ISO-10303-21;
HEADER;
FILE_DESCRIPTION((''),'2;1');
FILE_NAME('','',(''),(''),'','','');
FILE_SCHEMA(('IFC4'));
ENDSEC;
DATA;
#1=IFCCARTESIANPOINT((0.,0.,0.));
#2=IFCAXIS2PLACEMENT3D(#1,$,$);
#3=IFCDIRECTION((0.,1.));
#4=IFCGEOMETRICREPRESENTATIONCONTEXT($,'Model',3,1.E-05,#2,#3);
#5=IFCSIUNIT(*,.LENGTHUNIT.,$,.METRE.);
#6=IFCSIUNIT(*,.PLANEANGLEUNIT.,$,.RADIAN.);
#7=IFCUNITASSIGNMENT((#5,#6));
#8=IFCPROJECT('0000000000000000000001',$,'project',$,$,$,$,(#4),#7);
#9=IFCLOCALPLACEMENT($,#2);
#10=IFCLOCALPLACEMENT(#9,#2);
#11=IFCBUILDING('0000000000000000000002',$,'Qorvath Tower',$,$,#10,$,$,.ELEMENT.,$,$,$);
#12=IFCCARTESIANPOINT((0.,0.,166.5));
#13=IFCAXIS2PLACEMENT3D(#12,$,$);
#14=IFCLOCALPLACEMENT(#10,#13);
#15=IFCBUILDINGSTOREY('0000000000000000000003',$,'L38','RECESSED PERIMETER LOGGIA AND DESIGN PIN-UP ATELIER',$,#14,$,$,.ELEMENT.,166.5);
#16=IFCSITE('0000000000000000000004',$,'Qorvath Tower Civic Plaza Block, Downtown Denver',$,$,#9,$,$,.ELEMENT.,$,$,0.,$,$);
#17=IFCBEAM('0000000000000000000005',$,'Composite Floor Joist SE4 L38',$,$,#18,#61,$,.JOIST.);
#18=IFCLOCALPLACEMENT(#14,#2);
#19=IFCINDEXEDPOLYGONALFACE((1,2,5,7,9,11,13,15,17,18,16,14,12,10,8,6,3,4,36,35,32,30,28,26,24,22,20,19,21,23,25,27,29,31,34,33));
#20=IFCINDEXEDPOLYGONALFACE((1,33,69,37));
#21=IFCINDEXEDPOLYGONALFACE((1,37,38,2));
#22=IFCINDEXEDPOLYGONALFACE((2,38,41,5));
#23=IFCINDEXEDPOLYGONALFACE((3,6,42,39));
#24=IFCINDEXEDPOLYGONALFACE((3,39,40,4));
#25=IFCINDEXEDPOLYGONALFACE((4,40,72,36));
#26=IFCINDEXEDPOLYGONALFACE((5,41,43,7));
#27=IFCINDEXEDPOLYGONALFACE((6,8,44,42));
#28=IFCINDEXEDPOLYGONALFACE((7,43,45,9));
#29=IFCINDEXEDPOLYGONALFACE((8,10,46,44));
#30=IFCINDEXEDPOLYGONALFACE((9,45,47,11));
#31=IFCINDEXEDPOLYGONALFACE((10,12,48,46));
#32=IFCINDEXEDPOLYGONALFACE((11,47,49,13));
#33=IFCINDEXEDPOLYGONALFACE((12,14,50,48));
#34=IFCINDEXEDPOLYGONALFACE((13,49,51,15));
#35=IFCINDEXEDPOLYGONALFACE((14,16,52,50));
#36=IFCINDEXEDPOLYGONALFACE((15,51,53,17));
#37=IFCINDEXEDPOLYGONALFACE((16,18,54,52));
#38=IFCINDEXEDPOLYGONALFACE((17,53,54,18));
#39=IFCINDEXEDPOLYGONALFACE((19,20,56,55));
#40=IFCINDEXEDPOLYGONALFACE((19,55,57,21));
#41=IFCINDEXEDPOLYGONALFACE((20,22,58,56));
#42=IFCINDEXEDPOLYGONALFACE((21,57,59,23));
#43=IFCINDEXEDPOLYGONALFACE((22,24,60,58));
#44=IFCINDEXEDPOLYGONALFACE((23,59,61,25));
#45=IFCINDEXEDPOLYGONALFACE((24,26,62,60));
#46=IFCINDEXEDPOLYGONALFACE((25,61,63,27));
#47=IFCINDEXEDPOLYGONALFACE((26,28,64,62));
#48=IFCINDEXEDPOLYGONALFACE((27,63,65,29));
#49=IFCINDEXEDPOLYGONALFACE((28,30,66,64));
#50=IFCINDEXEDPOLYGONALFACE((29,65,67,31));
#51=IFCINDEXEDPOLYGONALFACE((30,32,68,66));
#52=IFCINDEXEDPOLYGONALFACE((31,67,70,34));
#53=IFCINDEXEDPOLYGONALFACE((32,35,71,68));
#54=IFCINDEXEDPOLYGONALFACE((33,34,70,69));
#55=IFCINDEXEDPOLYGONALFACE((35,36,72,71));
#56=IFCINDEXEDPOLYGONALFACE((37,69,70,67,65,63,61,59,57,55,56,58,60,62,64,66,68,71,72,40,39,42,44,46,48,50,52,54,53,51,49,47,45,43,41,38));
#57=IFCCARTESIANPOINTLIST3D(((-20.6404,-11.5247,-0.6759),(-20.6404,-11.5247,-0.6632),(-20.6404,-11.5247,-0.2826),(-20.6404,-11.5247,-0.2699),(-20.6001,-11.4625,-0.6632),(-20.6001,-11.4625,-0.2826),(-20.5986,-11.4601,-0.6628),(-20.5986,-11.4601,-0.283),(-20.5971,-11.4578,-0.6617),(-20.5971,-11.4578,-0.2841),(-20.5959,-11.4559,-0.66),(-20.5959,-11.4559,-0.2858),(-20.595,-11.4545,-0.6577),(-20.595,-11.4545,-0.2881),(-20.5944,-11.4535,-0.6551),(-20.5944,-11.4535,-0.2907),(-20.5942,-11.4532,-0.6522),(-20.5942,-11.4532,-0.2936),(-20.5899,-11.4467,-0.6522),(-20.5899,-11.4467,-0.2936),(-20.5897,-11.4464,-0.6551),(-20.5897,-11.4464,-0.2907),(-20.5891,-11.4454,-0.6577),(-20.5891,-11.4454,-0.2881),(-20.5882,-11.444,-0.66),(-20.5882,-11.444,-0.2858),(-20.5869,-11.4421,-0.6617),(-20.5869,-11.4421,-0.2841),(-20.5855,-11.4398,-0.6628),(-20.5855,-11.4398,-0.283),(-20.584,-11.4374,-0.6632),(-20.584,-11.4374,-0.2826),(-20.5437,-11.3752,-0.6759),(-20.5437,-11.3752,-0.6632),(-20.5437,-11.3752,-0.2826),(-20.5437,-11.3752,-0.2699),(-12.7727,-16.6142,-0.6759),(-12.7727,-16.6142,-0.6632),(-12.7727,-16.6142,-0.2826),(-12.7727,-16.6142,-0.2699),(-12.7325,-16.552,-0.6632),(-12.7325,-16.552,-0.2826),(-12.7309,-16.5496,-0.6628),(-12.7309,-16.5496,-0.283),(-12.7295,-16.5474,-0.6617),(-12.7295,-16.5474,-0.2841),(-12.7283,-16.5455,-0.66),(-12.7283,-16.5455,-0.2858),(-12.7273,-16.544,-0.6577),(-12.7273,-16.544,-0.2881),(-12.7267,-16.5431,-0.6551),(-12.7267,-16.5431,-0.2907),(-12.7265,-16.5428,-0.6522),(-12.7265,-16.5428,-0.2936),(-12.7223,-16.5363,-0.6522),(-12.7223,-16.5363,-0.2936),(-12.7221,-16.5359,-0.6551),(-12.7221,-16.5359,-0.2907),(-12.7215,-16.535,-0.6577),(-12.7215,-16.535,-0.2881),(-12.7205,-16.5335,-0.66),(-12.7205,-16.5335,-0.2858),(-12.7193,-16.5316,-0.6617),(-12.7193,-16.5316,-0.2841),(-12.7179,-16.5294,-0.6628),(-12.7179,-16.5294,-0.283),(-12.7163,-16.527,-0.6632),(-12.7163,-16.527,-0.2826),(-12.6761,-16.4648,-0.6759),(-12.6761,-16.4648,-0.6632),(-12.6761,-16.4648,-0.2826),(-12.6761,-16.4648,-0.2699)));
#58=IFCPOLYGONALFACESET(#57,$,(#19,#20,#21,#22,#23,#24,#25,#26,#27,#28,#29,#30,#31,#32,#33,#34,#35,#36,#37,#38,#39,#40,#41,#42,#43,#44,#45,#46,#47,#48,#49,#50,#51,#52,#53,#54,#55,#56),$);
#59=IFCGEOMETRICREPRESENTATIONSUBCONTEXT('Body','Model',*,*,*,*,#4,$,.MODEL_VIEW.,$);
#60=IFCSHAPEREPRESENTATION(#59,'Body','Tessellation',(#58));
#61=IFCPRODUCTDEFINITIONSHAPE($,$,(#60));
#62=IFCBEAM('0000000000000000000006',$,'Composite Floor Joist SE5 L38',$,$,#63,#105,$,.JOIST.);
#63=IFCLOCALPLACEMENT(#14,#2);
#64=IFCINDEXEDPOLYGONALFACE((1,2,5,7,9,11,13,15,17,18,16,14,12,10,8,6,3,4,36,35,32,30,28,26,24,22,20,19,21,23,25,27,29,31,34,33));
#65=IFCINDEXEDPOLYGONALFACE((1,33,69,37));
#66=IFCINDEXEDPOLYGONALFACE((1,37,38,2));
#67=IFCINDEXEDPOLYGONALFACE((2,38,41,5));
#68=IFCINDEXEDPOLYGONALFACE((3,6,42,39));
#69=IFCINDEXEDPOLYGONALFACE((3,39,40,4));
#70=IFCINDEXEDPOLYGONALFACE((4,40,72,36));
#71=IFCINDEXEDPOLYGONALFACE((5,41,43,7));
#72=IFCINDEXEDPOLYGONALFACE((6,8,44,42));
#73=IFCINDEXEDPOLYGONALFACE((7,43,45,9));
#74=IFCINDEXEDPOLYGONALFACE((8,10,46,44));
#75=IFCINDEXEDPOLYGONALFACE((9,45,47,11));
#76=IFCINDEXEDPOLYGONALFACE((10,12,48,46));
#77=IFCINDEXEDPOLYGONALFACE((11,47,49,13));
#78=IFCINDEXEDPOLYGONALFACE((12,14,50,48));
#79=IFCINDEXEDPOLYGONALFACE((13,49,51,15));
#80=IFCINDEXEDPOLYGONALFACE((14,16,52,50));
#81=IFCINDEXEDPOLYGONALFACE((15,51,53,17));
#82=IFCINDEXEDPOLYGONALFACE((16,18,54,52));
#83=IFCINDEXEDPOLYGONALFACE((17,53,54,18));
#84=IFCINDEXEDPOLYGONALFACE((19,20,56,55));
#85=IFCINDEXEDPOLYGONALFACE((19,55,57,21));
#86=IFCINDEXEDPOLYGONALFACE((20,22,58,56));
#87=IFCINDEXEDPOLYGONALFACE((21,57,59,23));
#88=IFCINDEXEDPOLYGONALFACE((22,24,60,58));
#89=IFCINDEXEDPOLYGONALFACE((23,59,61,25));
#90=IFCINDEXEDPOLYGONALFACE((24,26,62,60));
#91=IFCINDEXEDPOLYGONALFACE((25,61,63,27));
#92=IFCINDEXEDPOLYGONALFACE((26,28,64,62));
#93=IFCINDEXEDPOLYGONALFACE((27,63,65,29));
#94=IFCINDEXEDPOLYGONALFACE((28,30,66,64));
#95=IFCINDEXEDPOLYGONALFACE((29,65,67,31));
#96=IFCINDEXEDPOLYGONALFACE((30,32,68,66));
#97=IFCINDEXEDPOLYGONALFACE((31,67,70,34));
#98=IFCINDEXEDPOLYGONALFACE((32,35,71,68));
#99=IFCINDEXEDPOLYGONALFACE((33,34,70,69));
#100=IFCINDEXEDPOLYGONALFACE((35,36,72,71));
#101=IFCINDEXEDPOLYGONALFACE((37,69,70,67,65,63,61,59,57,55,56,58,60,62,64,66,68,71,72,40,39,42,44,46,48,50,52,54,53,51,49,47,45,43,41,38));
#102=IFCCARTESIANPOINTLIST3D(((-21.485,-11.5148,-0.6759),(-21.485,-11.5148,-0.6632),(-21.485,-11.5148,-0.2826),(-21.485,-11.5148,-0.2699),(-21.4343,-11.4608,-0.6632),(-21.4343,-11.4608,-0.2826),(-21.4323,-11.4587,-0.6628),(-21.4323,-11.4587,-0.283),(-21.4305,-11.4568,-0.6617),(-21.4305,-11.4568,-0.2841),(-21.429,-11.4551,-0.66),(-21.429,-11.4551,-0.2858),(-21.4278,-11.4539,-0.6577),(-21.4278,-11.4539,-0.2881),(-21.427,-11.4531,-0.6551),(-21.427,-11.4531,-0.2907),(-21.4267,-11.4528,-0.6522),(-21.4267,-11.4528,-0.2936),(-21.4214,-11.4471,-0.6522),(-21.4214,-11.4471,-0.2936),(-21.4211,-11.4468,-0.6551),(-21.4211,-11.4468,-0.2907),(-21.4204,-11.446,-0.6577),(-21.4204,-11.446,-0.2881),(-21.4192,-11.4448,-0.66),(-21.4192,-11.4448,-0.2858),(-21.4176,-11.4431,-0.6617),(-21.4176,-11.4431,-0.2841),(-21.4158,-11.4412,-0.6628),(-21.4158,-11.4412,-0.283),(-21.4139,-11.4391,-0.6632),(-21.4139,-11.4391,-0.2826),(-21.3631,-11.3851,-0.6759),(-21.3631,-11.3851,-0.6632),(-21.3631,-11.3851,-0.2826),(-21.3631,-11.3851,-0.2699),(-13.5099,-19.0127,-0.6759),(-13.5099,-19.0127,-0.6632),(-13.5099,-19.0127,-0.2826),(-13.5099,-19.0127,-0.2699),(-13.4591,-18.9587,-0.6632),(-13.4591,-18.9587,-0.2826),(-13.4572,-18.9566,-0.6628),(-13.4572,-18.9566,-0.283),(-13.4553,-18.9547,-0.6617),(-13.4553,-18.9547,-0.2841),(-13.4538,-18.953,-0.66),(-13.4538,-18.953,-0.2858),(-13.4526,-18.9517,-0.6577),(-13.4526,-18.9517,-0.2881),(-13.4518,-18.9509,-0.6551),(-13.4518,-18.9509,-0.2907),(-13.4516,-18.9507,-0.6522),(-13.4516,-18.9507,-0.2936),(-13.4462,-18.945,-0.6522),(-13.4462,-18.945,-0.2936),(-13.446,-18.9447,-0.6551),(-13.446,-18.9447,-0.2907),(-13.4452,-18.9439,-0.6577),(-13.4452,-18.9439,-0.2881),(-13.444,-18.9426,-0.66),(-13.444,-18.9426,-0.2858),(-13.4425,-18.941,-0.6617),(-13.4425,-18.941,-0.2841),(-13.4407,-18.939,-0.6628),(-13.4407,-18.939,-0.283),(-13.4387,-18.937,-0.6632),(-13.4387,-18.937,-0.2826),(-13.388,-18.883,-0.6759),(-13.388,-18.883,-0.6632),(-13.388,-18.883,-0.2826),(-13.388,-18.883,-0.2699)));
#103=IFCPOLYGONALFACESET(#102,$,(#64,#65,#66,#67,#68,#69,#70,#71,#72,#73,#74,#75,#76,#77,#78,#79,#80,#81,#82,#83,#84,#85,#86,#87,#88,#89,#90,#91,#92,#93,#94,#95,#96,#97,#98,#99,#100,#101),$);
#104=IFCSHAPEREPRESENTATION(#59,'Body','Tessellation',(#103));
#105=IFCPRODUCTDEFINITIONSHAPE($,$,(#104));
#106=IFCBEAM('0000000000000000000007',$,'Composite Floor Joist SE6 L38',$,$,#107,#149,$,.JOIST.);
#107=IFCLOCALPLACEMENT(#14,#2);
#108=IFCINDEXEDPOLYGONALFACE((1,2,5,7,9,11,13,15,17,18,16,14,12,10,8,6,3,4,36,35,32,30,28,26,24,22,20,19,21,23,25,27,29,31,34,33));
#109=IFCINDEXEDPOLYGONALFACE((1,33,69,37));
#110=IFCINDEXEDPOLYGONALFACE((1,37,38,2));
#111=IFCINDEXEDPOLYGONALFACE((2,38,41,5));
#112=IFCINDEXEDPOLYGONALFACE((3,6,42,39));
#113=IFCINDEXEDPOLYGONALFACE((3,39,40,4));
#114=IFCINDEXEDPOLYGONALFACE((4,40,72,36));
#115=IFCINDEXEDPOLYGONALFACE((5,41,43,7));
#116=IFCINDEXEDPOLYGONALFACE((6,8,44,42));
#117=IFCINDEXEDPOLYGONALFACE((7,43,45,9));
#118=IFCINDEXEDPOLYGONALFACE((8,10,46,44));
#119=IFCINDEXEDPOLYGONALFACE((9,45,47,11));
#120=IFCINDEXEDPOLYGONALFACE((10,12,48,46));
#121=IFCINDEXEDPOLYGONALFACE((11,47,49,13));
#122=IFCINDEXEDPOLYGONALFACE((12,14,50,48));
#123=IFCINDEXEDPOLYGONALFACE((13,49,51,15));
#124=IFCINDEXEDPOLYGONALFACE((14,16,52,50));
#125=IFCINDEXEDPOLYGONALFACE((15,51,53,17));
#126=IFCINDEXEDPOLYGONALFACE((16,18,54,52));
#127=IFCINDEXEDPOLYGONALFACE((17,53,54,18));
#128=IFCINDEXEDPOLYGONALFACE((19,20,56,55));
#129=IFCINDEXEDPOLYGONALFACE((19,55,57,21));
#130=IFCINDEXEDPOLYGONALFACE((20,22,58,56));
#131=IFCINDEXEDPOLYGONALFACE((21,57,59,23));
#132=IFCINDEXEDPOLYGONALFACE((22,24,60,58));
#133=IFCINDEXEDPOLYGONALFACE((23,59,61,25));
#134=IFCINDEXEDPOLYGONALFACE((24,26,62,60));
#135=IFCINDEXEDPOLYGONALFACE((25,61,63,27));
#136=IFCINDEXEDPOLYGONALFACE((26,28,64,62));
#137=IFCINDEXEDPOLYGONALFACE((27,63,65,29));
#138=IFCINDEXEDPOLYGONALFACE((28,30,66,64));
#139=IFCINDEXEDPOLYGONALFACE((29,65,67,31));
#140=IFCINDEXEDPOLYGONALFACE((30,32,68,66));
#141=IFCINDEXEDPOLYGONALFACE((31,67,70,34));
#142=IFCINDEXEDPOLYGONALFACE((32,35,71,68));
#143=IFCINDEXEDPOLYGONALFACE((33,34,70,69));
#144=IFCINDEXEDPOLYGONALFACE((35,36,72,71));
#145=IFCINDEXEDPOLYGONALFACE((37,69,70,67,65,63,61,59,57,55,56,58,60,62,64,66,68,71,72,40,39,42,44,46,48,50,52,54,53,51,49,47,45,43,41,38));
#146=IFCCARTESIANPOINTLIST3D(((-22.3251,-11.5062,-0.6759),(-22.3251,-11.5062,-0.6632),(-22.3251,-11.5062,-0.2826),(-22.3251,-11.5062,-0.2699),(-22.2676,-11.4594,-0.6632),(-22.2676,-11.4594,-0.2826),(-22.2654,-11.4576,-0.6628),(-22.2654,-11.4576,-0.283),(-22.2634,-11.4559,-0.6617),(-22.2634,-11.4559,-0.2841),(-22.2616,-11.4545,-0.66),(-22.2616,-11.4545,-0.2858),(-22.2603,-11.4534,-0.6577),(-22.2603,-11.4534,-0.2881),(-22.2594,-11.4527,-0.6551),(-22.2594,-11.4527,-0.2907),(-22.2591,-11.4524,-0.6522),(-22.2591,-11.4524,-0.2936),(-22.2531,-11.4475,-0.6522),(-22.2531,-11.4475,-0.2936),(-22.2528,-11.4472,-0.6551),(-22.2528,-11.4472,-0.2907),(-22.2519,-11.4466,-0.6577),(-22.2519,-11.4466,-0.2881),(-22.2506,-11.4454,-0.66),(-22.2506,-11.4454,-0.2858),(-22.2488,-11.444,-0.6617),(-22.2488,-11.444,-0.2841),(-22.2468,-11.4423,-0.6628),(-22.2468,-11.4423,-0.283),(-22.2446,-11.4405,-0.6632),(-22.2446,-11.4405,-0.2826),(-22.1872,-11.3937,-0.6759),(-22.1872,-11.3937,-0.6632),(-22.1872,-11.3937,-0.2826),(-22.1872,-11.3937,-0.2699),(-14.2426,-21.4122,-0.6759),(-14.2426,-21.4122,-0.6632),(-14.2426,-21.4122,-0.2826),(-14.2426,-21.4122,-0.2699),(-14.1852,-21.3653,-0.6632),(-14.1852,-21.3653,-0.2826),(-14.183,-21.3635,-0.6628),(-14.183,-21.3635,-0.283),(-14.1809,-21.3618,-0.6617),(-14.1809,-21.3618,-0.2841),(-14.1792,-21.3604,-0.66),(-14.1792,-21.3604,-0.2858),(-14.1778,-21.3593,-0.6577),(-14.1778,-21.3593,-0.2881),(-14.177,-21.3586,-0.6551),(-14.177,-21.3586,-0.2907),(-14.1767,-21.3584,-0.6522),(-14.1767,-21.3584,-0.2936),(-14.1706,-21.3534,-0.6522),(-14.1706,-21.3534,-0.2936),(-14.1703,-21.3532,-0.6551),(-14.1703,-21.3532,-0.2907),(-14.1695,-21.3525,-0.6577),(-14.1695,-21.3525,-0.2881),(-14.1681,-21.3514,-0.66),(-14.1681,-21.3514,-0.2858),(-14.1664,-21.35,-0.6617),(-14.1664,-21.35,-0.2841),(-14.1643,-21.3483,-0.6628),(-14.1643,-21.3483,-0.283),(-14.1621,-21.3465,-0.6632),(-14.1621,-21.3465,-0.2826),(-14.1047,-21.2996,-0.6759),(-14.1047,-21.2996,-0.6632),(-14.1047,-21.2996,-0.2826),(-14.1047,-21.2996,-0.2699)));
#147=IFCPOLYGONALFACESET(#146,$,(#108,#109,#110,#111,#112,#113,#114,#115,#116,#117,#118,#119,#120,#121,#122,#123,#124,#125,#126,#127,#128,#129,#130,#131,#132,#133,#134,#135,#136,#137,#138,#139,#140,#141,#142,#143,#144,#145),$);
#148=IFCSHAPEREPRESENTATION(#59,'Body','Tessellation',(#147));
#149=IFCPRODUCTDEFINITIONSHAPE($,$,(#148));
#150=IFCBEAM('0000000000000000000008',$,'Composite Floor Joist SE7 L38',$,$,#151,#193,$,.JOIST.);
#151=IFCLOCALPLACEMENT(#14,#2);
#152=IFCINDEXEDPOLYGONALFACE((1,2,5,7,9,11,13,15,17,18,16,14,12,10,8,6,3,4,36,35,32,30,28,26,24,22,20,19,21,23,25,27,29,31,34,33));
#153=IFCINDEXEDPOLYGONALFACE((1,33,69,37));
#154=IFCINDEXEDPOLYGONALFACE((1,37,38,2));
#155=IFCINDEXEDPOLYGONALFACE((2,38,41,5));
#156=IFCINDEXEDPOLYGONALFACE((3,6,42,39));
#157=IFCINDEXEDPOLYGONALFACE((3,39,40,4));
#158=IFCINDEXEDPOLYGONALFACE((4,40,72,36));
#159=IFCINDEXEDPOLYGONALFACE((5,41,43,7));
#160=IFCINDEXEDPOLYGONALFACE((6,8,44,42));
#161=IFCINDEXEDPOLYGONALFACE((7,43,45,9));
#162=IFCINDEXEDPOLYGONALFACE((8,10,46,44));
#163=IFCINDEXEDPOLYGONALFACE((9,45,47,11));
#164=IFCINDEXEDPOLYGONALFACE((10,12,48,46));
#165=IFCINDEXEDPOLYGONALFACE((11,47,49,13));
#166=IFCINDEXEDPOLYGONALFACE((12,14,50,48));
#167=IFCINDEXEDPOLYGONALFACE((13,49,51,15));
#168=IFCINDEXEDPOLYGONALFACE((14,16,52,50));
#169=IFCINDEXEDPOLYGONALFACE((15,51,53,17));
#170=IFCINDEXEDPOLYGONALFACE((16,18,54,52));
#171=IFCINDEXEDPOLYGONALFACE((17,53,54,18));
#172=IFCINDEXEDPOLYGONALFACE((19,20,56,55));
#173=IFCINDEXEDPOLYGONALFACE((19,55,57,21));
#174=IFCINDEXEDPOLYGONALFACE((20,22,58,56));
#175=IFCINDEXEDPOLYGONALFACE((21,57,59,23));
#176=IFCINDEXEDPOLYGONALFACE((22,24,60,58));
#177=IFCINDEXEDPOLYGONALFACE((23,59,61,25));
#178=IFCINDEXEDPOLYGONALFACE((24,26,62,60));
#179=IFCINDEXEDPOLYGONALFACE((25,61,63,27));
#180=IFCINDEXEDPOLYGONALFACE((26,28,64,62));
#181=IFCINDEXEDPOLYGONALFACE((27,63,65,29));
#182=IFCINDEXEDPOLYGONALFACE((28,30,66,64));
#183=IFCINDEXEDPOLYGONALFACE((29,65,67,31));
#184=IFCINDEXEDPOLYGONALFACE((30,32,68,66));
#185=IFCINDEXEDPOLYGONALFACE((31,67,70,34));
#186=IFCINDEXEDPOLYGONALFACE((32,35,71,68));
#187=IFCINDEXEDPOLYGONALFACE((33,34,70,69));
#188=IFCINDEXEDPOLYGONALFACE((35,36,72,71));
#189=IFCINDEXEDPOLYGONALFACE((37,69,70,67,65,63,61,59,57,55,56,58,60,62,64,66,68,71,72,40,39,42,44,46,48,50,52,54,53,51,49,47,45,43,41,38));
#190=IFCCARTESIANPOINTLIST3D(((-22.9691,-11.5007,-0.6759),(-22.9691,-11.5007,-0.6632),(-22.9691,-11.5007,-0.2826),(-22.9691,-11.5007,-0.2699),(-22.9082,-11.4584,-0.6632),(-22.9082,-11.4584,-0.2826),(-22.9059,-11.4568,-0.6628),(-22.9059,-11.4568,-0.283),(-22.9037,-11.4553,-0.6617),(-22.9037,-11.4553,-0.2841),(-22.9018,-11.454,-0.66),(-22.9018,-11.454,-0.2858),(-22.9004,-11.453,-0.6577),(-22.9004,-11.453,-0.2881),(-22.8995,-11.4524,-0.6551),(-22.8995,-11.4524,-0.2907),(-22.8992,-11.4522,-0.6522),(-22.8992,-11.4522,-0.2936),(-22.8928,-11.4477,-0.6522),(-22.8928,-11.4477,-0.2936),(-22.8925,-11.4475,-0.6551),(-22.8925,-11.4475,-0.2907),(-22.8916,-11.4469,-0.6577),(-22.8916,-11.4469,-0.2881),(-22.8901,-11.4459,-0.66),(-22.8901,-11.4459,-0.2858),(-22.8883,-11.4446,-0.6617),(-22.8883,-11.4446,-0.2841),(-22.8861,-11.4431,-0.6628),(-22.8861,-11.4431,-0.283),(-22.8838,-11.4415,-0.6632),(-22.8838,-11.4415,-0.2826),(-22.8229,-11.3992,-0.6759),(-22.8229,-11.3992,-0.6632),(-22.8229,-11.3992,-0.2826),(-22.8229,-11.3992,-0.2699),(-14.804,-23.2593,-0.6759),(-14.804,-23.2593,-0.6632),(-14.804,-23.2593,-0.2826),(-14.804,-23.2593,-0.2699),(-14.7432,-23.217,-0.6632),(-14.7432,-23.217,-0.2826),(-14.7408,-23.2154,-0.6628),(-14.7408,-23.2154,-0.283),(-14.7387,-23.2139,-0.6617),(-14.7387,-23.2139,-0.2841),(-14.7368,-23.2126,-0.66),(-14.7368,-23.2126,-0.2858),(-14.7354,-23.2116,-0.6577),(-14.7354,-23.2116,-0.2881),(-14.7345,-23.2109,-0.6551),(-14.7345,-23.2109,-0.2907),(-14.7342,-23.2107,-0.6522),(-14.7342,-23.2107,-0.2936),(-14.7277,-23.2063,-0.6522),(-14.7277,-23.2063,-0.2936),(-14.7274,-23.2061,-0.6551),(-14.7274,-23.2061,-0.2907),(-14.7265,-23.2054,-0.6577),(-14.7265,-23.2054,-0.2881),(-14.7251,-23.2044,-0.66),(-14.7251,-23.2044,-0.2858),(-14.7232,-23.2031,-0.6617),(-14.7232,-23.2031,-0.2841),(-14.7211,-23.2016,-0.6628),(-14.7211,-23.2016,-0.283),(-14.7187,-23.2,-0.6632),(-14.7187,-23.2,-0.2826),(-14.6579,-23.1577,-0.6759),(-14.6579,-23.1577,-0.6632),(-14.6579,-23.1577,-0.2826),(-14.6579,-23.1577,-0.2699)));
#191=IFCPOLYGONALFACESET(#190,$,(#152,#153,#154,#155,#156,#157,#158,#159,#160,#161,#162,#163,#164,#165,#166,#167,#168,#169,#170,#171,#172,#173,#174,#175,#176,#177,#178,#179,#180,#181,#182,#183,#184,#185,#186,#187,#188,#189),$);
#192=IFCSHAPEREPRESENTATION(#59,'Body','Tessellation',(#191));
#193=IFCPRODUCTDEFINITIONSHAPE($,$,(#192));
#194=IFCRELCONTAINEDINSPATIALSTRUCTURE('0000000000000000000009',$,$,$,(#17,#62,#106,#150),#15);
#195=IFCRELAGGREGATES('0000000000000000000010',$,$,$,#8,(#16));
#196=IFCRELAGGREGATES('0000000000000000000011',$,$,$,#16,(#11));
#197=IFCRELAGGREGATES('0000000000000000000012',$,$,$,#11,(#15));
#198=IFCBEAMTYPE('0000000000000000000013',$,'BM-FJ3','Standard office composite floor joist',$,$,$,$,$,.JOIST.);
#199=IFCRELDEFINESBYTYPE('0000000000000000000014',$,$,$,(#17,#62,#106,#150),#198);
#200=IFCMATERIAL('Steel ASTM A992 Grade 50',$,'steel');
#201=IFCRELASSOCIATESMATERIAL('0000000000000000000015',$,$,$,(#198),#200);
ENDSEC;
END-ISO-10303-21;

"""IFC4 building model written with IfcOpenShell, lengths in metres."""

from ifc_helpers import new_model, si_unit, direction, frame, origin, origin_2d, place, context, subcontext, project, spatial, i_section, extrude, material, material_profile, profile_set, type_object, element, save


model = new_model("IFC4")

# Units and contexts
model_context = context("Model", 3, precision=1e-05, world=origin(), true_north=direction((0.0, 1.0)))
body_context = subcontext(model_context, "Body", "Model", "MODEL_VIEW")
ifc_project = project(units=[si_unit("LENGTHUNIT", "METRE"), si_unit("PLANEANGLEUNIT", "RADIAN")], contexts=[model_context])

# Site, building, storey
site_placement = place(None, origin())
site = spatial("IfcSite", under=ifc_project, at=site_placement, Name="Qorvath Tower Civic Plaza Block, Downtown Denver", CompositionType="ELEMENT", RefElevation=0.0)
building_placement = place(site_placement, origin())
building = spatial("IfcBuilding", under=site, at=building_placement, Name="Qorvath Tower", CompositionType="ELEMENT")
storey_placement = place(building_placement, frame((0.0, 0.0, 166.5)))
storey = spatial("IfcBuildingStorey", under=building, at=storey_placement, Name="L38", Description="RECESSED PERIMETER LOGGIA AND DESIGN PIN-UP ATELIER", CompositionType="ELEMENT", Elevation=166.5)

# Beams
ifc_material_1 = material(Name="Steel ASTM A992 Grade 50", Category="steel")
ifc_material_profile_1 = material_profile(ifc_material_1, i_section(OverallWidth=0.178, OverallDepth=0.406, WebThickness=0.0078, FlangeThickness=0.0127, FilletRadius=0.011, at=origin_2d()), Name="W16x40")
ifc_profile_set_1 = profile_set([ifc_material_profile_1], Name="Steel ASTM A992 Grade 50")
beam_type_1 = type_object("IfcBeamType", Name="BM-FJ3", Description="Standard office composite floor joist", PredefinedType="JOIST", material=ifc_profile_set_1)
beam_1_placement = place(storey_placement, frame((-20.592, -11.45, -0.4729), z_axis=(0.839631, -0.543157, 0.0), x_axis=(0.543157, 0.839631, 0.0)))
element("IfcBeam", 1, at=beam_1_placement, inside=storey, type_object=beam_type_1, Name="Composite Floor Joist SE4 L38", PredefinedType="JOIST", context=body_context, shape_type="SweptSolid", body=[
    extrude(i_section(OverallWidth=0.178, OverallDepth=0.406, WebThickness=0.0078, FlangeThickness=0.0127, FilletRadius=0.011, at=origin_2d()), origin(), (0.0, 0.0, 1.0), 9.3704),
])
beam_2_placement = place(storey_placement, frame((-21.4241, -11.45, -0.4729), z_axis=(0.728572, -0.684969, 0.0), x_axis=(0.684969, 0.728572, 0.0)))
element("IfcBeam", 2, at=beam_2_placement, inside=storey, type_object=beam_type_1, Name="Composite Floor Joist SE5 L38", PredefinedType="JOIST", context=body_context, shape_type="SweptSolid", body=[
    extrude(i_section(OverallWidth=0.178, OverallDepth=0.406, WebThickness=0.0078, FlangeThickness=0.0127, FilletRadius=0.011, at=origin_2d()), origin(), (0.0, 0.0, 1.0), 10.9463),
])
beam_3_placement = place(storey_placement, frame((-22.2561, -11.45, -0.4729), z_axis=(0.632188, -0.774815, 0.0), x_axis=(0.774815, 0.632188, 0.0)))
element("IfcBeam", 3, at=beam_3_placement, inside=storey, type_object=beam_type_1, Name="Composite Floor Joist SE6 L38", PredefinedType="JOIST", context=body_context, shape_type="SweptSolid", body=[
    extrude(i_section(OverallWidth=0.178, OverallDepth=0.406, WebThickness=0.0078, FlangeThickness=0.0127, FilletRadius=0.011, at=origin_2d()), origin(), (0.0, 0.0, 1.0), 12.7849),
])
beam_4_placement = place(storey_placement, frame((-22.896, -11.45, -0.4729), z_axis=(0.570367, -0.82139, 0.0), x_axis=(0.82139, 0.570367, 0.0)))
element("IfcBeam", 4, at=beam_4_placement, inside=storey, type_object=beam_type_1, Name="Composite Floor Joist SE7 L38", PredefinedType="JOIST", context=body_context, shape_type="SweptSolid", body=[
    extrude(i_section(OverallWidth=0.178, OverallDepth=0.406, WebThickness=0.0078, FlangeThickness=0.0127, FilletRadius=0.011, at=origin_2d()), origin(), (0.0, 0.0, 1.0), 14.3154),
])

save(model, "model.ifc")
